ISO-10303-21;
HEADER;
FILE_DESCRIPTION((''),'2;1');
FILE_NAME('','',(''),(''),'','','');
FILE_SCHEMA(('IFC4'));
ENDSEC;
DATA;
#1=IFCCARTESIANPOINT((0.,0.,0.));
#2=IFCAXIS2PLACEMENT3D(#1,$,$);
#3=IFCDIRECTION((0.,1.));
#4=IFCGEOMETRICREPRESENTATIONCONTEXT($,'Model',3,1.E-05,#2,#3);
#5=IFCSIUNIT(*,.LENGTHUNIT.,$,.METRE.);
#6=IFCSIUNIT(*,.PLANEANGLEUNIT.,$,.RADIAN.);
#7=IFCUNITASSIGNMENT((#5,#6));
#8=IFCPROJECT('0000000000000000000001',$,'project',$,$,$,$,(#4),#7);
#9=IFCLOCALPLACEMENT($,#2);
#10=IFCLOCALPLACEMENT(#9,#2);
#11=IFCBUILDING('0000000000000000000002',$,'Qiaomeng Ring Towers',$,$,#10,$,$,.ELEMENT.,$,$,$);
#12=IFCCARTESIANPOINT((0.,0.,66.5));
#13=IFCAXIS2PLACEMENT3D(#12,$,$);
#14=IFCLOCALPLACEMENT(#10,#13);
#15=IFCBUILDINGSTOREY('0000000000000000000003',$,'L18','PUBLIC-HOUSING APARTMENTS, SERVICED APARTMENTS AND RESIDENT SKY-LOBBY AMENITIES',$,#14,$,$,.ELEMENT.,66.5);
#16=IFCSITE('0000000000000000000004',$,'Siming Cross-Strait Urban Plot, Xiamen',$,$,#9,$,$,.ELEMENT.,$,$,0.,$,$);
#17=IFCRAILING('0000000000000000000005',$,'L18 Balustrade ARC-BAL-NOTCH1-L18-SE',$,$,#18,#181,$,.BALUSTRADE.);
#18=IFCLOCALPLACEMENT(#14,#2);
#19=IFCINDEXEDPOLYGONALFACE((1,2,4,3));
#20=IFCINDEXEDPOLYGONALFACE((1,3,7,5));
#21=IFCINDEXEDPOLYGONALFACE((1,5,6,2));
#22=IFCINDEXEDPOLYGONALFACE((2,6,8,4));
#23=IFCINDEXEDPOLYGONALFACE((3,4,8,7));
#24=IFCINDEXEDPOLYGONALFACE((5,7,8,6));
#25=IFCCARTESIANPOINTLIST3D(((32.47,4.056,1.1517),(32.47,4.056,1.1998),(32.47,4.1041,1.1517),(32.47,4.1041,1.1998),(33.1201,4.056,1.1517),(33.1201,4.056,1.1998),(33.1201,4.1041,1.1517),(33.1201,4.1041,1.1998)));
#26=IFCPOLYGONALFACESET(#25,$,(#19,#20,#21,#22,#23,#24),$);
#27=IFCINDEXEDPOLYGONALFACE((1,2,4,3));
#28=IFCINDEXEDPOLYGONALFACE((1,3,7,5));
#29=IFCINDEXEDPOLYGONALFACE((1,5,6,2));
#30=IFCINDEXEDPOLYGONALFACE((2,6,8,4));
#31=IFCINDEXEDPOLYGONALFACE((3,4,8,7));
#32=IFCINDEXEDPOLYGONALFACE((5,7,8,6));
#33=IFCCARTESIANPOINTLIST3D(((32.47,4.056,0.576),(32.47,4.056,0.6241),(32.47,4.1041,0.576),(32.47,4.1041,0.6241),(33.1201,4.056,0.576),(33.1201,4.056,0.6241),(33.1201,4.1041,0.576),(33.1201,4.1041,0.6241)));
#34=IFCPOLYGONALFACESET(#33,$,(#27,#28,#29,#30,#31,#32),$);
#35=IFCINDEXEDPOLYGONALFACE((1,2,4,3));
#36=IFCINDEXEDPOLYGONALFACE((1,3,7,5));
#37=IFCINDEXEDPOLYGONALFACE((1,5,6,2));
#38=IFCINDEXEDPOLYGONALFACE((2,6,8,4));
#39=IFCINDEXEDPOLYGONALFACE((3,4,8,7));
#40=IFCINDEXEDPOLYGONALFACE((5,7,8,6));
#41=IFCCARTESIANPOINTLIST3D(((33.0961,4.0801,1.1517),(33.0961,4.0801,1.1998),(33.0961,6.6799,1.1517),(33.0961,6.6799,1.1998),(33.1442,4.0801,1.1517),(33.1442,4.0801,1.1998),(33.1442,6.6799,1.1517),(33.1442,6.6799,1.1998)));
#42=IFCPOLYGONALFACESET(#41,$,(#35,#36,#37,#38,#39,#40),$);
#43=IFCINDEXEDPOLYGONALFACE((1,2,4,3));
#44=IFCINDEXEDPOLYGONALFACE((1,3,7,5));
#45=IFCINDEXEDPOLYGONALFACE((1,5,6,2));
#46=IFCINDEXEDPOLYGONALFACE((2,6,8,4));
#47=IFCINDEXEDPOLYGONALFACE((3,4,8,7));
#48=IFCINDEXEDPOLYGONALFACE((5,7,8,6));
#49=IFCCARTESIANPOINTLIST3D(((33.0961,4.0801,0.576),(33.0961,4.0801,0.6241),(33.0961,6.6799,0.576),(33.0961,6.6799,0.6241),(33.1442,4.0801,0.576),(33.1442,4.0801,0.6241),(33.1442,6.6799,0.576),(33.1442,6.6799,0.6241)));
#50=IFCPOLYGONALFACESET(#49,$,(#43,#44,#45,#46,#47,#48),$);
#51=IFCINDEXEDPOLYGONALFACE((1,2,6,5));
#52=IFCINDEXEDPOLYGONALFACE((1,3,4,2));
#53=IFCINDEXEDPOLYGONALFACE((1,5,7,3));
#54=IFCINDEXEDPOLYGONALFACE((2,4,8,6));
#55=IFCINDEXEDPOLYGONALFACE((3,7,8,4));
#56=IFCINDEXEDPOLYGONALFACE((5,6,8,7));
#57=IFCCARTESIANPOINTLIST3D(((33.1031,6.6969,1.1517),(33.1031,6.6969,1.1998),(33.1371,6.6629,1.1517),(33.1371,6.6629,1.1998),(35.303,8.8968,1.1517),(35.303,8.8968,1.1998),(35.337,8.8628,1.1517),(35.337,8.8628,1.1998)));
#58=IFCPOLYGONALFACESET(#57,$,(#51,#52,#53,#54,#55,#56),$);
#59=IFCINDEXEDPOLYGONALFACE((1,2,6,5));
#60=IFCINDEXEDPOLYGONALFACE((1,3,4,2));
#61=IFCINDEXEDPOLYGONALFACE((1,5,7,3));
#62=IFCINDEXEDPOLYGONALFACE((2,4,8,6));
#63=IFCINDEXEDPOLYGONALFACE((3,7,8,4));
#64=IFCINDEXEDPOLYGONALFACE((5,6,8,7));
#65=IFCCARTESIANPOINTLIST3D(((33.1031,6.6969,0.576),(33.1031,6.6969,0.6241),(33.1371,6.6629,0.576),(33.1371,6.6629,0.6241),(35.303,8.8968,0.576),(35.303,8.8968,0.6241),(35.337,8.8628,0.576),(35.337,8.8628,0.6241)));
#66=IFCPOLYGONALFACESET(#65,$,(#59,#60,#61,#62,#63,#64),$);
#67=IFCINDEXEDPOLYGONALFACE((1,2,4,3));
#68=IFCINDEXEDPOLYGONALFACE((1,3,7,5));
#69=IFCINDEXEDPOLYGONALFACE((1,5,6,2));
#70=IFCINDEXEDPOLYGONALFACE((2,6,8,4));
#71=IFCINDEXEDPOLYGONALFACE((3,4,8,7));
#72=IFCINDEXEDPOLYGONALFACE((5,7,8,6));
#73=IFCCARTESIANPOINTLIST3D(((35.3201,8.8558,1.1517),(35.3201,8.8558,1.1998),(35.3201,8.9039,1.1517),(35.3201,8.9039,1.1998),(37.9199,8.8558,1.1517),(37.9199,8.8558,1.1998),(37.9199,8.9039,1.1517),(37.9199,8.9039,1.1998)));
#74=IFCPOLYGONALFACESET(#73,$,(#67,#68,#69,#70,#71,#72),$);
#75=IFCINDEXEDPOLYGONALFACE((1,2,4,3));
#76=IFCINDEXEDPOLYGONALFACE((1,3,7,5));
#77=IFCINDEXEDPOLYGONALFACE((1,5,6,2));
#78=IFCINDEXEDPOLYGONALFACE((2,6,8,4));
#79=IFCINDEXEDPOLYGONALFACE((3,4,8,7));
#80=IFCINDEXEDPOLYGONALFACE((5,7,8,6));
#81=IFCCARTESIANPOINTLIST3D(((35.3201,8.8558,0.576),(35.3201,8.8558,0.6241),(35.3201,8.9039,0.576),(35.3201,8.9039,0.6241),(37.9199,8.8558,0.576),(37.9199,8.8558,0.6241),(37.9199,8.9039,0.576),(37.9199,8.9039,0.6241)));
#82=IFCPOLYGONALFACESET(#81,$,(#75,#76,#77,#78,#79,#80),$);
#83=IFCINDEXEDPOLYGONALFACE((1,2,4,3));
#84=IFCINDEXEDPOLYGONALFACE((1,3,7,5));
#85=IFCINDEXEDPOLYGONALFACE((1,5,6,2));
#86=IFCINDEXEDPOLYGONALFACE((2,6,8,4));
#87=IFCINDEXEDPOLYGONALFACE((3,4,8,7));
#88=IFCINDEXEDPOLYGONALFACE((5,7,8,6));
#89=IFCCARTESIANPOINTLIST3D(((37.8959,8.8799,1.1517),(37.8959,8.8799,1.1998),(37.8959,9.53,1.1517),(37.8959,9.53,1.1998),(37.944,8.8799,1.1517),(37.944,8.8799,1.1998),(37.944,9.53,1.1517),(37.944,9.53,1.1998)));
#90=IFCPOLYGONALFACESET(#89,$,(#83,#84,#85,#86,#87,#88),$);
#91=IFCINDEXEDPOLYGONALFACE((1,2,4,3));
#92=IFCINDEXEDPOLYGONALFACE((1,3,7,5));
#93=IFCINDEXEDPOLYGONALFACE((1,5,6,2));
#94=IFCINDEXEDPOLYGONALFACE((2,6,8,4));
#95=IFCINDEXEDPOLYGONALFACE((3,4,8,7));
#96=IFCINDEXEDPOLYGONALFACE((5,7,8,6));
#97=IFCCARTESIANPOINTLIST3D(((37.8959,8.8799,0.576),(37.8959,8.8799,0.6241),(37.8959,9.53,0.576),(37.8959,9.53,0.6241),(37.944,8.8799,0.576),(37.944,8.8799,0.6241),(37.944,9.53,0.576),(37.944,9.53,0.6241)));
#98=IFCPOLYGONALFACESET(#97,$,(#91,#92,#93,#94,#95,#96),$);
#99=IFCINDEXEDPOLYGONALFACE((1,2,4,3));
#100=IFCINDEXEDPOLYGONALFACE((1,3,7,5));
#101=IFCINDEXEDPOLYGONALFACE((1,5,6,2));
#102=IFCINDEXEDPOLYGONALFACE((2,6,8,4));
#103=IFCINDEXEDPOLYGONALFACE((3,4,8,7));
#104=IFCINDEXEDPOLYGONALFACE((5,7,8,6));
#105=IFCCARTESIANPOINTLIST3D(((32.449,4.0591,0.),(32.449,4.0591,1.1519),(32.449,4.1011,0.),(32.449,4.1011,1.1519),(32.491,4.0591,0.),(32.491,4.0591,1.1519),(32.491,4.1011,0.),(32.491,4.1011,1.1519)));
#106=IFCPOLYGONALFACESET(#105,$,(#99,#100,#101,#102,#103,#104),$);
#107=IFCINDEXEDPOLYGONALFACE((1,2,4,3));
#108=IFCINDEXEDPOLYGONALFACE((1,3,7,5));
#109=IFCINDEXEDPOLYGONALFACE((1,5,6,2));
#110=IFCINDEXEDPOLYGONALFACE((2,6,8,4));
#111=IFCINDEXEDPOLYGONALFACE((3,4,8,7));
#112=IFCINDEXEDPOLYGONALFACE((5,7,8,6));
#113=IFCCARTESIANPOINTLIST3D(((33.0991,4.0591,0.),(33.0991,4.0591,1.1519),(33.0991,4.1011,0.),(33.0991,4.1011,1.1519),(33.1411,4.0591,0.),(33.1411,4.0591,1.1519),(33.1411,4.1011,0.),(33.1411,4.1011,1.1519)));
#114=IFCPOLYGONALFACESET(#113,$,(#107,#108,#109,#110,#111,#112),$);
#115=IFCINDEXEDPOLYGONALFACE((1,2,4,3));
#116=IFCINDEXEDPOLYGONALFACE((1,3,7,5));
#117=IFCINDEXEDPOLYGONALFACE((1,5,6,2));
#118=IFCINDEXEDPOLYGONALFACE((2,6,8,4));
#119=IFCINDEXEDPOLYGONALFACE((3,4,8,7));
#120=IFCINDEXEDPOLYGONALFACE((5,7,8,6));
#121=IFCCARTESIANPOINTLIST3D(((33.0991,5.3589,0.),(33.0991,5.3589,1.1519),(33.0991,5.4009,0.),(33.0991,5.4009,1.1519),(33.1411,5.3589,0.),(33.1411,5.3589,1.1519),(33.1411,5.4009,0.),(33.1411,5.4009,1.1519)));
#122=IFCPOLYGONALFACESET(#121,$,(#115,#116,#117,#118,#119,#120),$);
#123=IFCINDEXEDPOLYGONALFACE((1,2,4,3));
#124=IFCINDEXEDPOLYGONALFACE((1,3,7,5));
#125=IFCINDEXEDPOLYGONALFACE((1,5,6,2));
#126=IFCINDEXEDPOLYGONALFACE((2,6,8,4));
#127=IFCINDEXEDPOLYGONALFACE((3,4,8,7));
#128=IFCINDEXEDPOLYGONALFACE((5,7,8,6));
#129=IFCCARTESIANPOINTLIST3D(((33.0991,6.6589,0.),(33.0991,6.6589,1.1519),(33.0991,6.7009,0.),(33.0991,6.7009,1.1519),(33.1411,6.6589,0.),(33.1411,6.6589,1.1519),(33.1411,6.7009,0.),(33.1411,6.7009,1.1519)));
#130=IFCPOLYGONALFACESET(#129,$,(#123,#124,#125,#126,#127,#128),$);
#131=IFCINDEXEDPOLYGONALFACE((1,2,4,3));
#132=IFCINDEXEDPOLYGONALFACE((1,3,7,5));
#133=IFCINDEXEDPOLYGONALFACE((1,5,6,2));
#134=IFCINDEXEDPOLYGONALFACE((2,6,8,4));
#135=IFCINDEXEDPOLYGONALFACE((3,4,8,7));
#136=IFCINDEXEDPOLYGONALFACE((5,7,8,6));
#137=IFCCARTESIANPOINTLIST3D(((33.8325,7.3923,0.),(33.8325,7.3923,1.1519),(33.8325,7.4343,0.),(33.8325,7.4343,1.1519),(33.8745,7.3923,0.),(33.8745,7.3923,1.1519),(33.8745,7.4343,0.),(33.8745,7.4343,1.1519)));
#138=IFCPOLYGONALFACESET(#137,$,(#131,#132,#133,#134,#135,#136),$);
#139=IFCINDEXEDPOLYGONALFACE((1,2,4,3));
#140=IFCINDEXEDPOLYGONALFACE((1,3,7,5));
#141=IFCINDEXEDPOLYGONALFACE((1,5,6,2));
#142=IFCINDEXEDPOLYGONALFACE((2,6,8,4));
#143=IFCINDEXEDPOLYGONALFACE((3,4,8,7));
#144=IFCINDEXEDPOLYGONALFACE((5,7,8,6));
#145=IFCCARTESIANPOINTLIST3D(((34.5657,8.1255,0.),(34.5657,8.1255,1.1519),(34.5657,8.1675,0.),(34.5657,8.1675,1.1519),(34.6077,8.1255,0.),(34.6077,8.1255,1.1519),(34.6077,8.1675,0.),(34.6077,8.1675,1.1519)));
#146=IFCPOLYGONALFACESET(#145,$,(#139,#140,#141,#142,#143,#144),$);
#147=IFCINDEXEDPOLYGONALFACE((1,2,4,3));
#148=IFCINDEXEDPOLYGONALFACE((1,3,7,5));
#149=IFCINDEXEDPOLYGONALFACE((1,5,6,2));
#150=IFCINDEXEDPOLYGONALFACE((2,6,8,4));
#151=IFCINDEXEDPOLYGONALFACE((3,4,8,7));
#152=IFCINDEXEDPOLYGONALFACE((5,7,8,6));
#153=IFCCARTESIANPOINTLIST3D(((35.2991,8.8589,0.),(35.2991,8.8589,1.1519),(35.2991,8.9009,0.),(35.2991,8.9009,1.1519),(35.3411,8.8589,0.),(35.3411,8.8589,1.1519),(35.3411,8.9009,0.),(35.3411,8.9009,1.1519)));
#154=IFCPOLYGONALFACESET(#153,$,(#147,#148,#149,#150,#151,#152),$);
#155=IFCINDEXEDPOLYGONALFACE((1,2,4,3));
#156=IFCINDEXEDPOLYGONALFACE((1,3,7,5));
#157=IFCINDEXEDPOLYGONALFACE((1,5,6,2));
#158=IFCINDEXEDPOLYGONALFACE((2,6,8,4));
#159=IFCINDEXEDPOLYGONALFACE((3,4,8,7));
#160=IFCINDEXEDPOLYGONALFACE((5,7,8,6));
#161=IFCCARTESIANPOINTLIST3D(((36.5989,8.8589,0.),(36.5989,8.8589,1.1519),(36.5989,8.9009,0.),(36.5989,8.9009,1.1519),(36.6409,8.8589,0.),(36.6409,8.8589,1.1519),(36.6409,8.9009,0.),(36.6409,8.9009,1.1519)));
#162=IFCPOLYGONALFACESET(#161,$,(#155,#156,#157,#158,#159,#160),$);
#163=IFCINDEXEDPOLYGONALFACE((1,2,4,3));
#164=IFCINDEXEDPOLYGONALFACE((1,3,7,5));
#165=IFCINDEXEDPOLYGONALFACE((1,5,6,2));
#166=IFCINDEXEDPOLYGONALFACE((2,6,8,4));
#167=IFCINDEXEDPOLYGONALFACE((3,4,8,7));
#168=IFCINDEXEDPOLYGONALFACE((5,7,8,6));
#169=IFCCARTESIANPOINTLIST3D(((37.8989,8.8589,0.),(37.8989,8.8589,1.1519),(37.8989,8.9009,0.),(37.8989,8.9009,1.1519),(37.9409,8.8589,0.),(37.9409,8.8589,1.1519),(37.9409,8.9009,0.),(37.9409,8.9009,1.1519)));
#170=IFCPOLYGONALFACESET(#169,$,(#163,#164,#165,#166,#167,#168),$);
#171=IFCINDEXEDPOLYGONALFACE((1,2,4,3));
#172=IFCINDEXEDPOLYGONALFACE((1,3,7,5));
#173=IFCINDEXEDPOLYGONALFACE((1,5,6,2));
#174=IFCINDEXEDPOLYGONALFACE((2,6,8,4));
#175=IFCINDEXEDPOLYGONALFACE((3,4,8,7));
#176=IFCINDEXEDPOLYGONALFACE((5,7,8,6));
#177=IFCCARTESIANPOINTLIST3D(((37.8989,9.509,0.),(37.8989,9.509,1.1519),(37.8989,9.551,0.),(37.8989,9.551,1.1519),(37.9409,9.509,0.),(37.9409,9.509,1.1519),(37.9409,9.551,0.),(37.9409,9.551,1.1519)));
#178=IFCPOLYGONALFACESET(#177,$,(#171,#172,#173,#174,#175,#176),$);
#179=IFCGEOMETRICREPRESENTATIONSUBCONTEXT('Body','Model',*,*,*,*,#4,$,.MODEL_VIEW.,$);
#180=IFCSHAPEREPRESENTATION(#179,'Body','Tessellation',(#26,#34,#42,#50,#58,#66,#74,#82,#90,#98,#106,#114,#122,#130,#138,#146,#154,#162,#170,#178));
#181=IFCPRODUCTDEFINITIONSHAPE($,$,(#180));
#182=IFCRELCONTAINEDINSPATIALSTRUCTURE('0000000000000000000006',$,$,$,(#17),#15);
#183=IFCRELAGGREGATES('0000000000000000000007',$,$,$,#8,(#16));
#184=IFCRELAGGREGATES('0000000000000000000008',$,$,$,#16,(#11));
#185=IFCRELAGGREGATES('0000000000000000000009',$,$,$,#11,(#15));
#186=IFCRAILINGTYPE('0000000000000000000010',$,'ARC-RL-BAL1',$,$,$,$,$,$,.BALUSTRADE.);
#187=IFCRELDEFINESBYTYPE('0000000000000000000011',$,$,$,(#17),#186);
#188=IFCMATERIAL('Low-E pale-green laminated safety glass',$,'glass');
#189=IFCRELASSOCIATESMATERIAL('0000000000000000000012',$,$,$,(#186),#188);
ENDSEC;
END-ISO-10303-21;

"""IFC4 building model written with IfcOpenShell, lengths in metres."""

from ifc_helpers import new_model, si_unit, direction, frame, origin, origin_2d, place, context, subcontext, project, spatial, rectangle, extrude, material, type_object, element, save


model = new_model("IFC4")

# Units and contexts
model_context = context("Model", 3, precision=1e-05, world=origin(), true_north=direction((0.0, 1.0)))
body_context = subcontext(model_context, "Body", "Model", "MODEL_VIEW")
ifc_project = project(units=[si_unit("LENGTHUNIT", "METRE"), si_unit("PLANEANGLEUNIT", "RADIAN")], contexts=[model_context])

# Site, building, storey
site_placement = place(None, origin())
site = spatial("IfcSite", under=ifc_project, at=site_placement, Name="Siming Cross-Strait Urban Plot, Xiamen", CompositionType="ELEMENT", RefElevation=0.0)
building_placement = place(site_placement, origin())
building = spatial("IfcBuilding", under=site, at=building_placement, Name="Qiaomeng Ring Towers", CompositionType="ELEMENT")
storey_placement = place(building_placement, frame((0.0, 0.0, 66.5)))
storey = spatial("IfcBuildingStorey", under=building, at=storey_placement, Name="L18", Description="PUBLIC-HOUSING APARTMENTS, SERVICED APARTMENTS AND RESIDENT SKY-LOBBY AMENITIES", CompositionType="ELEMENT", Elevation=66.5)

# Railing
ifc_material_1 = material(Name="Low-E pale-green laminated safety glass", Category="glass")
railing_type = type_object("IfcRailingType", Name="ARC-RL-BAL1", PredefinedType="BALUSTRADE", material=ifc_material_1)
railing_placement = place(storey_placement, frame((32.47, 4.0801, 0.0)))
element("IfcRailing", 1, at=railing_placement, inside=storey, type_object=railing_type, Name="L18 Balustrade ARC-BAL-NOTCH1-L18-SE", PredefinedType="BALUSTRADE", context=body_context, shape_type="SweptSolid", body=[
    extrude(rectangle(XDim=0.0481, YDim=0.0481, at=origin_2d()), frame((0.0, 0.0, 1.1758), z_axis=(1.0, 0.0, 0.0), x_axis=(0.0, 1.0, 0.0)), (0.0, 0.0, 1.0), 0.6501),
    extrude(rectangle(XDim=0.0481, YDim=0.0481, at=origin_2d()), frame((0.0, 0.0, 0.6001), z_axis=(1.0, 0.0, 0.0), x_axis=(0.0, 1.0, 0.0)), (0.0, 0.0, 1.0), 0.6501),
    extrude(rectangle(XDim=0.0481, YDim=0.0481, at=origin_2d()), frame((0.6501, 0.0, 1.1758), z_axis=(0.0, 1.0, 0.0), x_axis=(-1.0, 0.0, 0.0)), (0.0, 0.0, 1.0), 2.5999),
    extrude(rectangle(XDim=0.0481, YDim=0.0481, at=origin_2d()), frame((0.6501, 0.0, 0.6001), z_axis=(0.0, 1.0, 0.0), x_axis=(-1.0, 0.0, 0.0)), (0.0, 0.0, 1.0), 2.5999),
    extrude(rectangle(XDim=0.0481, YDim=0.0481, at=origin_2d()), frame((0.6501, 2.5999, 1.1758), z_axis=(0.707107, 0.707107, 0.0), x_axis=(-0.707107, 0.707107, 0.0)), (0.0, 0.0, 1.0), 3.1111),
    extrude(rectangle(XDim=0.0481, YDim=0.0481, at=origin_2d()), frame((0.6501, 2.5999, 0.6001), z_axis=(0.707107, 0.707107, 0.0), x_axis=(-0.707107, 0.707107, 0.0)), (0.0, 0.0, 1.0), 3.1111),
    extrude(rectangle(XDim=0.0481, YDim=0.0481, at=origin_2d()), frame((2.8501, 4.7998, 1.1758), z_axis=(1.0, 0.0, 0.0), x_axis=(0.0, 1.0, 0.0)), (0.0, 0.0, 1.0), 2.5999),
    extrude(rectangle(XDim=0.0481, YDim=0.0481, at=origin_2d()), frame((2.8501, 4.7998, 0.6001), z_axis=(1.0, 0.0, 0.0), x_axis=(0.0, 1.0, 0.0)), (0.0, 0.0, 1.0), 2.5999),
    extrude(rectangle(XDim=0.0481, YDim=0.0481, at=origin_2d()), frame((5.45, 4.7998, 1.1758), z_axis=(0.0, 1.0, 0.0), x_axis=(-1.0, 0.0, 0.0)), (0.0, 0.0, 1.0), 0.6501),
    extrude(rectangle(XDim=0.0481, YDim=0.0481, at=origin_2d()), frame((5.45, 4.7998, 0.6001), z_axis=(0.0, 1.0, 0.0), x_axis=(-1.0, 0.0, 0.0)), (0.0, 0.0, 1.0), 0.6501),
    extrude(rectangle(XDim=0.042, YDim=0.042, at=origin_2d()), origin(), (0.0, 0.0, 1.0), 1.1519),
    extrude(rectangle(XDim=0.042, YDim=0.042, at=origin_2d()), frame((0.6501, 0.0, 0.0)), (0.0, 0.0, 1.0), 1.1519),
    extrude(rectangle(XDim=0.042, YDim=0.042, at=origin_2d()), frame((0.6501, 1.2998, 0.0)), (0.0, 0.0, 1.0), 1.1519),
    extrude(rectangle(XDim=0.042, YDim=0.042, at=origin_2d()), frame((0.6501, 2.5999, 0.0)), (0.0, 0.0, 1.0), 1.1519),
    extrude(rectangle(XDim=0.042, YDim=0.042, at=origin_2d()), frame((1.3835, 3.3333, 0.0)), (0.0, 0.0, 1.0), 1.1519),
    extrude(rectangle(XDim=0.042, YDim=0.042, at=origin_2d()), frame((2.1167, 4.0664, 0.0)), (0.0, 0.0, 1.0), 1.1519),
    extrude(rectangle(XDim=0.042, YDim=0.042, at=origin_2d()), frame((2.8501, 4.7998, 0.0)), (0.0, 0.0, 1.0), 1.1519),
    extrude(rectangle(XDim=0.042, YDim=0.042, at=origin_2d()), frame((4.1499, 4.7998, 0.0)), (0.0, 0.0, 1.0), 1.1519),
    extrude(rectangle(XDim=0.042, YDim=0.042, at=origin_2d()), frame((5.45, 4.7998, 0.0)), (0.0, 0.0, 1.0), 1.1519),
    extrude(rectangle(XDim=0.042, YDim=0.042, at=origin_2d()), frame((5.45, 5.45, 0.0)), (0.0, 0.0, 1.0), 1.1519),
])

save(model, "model.ifc")
